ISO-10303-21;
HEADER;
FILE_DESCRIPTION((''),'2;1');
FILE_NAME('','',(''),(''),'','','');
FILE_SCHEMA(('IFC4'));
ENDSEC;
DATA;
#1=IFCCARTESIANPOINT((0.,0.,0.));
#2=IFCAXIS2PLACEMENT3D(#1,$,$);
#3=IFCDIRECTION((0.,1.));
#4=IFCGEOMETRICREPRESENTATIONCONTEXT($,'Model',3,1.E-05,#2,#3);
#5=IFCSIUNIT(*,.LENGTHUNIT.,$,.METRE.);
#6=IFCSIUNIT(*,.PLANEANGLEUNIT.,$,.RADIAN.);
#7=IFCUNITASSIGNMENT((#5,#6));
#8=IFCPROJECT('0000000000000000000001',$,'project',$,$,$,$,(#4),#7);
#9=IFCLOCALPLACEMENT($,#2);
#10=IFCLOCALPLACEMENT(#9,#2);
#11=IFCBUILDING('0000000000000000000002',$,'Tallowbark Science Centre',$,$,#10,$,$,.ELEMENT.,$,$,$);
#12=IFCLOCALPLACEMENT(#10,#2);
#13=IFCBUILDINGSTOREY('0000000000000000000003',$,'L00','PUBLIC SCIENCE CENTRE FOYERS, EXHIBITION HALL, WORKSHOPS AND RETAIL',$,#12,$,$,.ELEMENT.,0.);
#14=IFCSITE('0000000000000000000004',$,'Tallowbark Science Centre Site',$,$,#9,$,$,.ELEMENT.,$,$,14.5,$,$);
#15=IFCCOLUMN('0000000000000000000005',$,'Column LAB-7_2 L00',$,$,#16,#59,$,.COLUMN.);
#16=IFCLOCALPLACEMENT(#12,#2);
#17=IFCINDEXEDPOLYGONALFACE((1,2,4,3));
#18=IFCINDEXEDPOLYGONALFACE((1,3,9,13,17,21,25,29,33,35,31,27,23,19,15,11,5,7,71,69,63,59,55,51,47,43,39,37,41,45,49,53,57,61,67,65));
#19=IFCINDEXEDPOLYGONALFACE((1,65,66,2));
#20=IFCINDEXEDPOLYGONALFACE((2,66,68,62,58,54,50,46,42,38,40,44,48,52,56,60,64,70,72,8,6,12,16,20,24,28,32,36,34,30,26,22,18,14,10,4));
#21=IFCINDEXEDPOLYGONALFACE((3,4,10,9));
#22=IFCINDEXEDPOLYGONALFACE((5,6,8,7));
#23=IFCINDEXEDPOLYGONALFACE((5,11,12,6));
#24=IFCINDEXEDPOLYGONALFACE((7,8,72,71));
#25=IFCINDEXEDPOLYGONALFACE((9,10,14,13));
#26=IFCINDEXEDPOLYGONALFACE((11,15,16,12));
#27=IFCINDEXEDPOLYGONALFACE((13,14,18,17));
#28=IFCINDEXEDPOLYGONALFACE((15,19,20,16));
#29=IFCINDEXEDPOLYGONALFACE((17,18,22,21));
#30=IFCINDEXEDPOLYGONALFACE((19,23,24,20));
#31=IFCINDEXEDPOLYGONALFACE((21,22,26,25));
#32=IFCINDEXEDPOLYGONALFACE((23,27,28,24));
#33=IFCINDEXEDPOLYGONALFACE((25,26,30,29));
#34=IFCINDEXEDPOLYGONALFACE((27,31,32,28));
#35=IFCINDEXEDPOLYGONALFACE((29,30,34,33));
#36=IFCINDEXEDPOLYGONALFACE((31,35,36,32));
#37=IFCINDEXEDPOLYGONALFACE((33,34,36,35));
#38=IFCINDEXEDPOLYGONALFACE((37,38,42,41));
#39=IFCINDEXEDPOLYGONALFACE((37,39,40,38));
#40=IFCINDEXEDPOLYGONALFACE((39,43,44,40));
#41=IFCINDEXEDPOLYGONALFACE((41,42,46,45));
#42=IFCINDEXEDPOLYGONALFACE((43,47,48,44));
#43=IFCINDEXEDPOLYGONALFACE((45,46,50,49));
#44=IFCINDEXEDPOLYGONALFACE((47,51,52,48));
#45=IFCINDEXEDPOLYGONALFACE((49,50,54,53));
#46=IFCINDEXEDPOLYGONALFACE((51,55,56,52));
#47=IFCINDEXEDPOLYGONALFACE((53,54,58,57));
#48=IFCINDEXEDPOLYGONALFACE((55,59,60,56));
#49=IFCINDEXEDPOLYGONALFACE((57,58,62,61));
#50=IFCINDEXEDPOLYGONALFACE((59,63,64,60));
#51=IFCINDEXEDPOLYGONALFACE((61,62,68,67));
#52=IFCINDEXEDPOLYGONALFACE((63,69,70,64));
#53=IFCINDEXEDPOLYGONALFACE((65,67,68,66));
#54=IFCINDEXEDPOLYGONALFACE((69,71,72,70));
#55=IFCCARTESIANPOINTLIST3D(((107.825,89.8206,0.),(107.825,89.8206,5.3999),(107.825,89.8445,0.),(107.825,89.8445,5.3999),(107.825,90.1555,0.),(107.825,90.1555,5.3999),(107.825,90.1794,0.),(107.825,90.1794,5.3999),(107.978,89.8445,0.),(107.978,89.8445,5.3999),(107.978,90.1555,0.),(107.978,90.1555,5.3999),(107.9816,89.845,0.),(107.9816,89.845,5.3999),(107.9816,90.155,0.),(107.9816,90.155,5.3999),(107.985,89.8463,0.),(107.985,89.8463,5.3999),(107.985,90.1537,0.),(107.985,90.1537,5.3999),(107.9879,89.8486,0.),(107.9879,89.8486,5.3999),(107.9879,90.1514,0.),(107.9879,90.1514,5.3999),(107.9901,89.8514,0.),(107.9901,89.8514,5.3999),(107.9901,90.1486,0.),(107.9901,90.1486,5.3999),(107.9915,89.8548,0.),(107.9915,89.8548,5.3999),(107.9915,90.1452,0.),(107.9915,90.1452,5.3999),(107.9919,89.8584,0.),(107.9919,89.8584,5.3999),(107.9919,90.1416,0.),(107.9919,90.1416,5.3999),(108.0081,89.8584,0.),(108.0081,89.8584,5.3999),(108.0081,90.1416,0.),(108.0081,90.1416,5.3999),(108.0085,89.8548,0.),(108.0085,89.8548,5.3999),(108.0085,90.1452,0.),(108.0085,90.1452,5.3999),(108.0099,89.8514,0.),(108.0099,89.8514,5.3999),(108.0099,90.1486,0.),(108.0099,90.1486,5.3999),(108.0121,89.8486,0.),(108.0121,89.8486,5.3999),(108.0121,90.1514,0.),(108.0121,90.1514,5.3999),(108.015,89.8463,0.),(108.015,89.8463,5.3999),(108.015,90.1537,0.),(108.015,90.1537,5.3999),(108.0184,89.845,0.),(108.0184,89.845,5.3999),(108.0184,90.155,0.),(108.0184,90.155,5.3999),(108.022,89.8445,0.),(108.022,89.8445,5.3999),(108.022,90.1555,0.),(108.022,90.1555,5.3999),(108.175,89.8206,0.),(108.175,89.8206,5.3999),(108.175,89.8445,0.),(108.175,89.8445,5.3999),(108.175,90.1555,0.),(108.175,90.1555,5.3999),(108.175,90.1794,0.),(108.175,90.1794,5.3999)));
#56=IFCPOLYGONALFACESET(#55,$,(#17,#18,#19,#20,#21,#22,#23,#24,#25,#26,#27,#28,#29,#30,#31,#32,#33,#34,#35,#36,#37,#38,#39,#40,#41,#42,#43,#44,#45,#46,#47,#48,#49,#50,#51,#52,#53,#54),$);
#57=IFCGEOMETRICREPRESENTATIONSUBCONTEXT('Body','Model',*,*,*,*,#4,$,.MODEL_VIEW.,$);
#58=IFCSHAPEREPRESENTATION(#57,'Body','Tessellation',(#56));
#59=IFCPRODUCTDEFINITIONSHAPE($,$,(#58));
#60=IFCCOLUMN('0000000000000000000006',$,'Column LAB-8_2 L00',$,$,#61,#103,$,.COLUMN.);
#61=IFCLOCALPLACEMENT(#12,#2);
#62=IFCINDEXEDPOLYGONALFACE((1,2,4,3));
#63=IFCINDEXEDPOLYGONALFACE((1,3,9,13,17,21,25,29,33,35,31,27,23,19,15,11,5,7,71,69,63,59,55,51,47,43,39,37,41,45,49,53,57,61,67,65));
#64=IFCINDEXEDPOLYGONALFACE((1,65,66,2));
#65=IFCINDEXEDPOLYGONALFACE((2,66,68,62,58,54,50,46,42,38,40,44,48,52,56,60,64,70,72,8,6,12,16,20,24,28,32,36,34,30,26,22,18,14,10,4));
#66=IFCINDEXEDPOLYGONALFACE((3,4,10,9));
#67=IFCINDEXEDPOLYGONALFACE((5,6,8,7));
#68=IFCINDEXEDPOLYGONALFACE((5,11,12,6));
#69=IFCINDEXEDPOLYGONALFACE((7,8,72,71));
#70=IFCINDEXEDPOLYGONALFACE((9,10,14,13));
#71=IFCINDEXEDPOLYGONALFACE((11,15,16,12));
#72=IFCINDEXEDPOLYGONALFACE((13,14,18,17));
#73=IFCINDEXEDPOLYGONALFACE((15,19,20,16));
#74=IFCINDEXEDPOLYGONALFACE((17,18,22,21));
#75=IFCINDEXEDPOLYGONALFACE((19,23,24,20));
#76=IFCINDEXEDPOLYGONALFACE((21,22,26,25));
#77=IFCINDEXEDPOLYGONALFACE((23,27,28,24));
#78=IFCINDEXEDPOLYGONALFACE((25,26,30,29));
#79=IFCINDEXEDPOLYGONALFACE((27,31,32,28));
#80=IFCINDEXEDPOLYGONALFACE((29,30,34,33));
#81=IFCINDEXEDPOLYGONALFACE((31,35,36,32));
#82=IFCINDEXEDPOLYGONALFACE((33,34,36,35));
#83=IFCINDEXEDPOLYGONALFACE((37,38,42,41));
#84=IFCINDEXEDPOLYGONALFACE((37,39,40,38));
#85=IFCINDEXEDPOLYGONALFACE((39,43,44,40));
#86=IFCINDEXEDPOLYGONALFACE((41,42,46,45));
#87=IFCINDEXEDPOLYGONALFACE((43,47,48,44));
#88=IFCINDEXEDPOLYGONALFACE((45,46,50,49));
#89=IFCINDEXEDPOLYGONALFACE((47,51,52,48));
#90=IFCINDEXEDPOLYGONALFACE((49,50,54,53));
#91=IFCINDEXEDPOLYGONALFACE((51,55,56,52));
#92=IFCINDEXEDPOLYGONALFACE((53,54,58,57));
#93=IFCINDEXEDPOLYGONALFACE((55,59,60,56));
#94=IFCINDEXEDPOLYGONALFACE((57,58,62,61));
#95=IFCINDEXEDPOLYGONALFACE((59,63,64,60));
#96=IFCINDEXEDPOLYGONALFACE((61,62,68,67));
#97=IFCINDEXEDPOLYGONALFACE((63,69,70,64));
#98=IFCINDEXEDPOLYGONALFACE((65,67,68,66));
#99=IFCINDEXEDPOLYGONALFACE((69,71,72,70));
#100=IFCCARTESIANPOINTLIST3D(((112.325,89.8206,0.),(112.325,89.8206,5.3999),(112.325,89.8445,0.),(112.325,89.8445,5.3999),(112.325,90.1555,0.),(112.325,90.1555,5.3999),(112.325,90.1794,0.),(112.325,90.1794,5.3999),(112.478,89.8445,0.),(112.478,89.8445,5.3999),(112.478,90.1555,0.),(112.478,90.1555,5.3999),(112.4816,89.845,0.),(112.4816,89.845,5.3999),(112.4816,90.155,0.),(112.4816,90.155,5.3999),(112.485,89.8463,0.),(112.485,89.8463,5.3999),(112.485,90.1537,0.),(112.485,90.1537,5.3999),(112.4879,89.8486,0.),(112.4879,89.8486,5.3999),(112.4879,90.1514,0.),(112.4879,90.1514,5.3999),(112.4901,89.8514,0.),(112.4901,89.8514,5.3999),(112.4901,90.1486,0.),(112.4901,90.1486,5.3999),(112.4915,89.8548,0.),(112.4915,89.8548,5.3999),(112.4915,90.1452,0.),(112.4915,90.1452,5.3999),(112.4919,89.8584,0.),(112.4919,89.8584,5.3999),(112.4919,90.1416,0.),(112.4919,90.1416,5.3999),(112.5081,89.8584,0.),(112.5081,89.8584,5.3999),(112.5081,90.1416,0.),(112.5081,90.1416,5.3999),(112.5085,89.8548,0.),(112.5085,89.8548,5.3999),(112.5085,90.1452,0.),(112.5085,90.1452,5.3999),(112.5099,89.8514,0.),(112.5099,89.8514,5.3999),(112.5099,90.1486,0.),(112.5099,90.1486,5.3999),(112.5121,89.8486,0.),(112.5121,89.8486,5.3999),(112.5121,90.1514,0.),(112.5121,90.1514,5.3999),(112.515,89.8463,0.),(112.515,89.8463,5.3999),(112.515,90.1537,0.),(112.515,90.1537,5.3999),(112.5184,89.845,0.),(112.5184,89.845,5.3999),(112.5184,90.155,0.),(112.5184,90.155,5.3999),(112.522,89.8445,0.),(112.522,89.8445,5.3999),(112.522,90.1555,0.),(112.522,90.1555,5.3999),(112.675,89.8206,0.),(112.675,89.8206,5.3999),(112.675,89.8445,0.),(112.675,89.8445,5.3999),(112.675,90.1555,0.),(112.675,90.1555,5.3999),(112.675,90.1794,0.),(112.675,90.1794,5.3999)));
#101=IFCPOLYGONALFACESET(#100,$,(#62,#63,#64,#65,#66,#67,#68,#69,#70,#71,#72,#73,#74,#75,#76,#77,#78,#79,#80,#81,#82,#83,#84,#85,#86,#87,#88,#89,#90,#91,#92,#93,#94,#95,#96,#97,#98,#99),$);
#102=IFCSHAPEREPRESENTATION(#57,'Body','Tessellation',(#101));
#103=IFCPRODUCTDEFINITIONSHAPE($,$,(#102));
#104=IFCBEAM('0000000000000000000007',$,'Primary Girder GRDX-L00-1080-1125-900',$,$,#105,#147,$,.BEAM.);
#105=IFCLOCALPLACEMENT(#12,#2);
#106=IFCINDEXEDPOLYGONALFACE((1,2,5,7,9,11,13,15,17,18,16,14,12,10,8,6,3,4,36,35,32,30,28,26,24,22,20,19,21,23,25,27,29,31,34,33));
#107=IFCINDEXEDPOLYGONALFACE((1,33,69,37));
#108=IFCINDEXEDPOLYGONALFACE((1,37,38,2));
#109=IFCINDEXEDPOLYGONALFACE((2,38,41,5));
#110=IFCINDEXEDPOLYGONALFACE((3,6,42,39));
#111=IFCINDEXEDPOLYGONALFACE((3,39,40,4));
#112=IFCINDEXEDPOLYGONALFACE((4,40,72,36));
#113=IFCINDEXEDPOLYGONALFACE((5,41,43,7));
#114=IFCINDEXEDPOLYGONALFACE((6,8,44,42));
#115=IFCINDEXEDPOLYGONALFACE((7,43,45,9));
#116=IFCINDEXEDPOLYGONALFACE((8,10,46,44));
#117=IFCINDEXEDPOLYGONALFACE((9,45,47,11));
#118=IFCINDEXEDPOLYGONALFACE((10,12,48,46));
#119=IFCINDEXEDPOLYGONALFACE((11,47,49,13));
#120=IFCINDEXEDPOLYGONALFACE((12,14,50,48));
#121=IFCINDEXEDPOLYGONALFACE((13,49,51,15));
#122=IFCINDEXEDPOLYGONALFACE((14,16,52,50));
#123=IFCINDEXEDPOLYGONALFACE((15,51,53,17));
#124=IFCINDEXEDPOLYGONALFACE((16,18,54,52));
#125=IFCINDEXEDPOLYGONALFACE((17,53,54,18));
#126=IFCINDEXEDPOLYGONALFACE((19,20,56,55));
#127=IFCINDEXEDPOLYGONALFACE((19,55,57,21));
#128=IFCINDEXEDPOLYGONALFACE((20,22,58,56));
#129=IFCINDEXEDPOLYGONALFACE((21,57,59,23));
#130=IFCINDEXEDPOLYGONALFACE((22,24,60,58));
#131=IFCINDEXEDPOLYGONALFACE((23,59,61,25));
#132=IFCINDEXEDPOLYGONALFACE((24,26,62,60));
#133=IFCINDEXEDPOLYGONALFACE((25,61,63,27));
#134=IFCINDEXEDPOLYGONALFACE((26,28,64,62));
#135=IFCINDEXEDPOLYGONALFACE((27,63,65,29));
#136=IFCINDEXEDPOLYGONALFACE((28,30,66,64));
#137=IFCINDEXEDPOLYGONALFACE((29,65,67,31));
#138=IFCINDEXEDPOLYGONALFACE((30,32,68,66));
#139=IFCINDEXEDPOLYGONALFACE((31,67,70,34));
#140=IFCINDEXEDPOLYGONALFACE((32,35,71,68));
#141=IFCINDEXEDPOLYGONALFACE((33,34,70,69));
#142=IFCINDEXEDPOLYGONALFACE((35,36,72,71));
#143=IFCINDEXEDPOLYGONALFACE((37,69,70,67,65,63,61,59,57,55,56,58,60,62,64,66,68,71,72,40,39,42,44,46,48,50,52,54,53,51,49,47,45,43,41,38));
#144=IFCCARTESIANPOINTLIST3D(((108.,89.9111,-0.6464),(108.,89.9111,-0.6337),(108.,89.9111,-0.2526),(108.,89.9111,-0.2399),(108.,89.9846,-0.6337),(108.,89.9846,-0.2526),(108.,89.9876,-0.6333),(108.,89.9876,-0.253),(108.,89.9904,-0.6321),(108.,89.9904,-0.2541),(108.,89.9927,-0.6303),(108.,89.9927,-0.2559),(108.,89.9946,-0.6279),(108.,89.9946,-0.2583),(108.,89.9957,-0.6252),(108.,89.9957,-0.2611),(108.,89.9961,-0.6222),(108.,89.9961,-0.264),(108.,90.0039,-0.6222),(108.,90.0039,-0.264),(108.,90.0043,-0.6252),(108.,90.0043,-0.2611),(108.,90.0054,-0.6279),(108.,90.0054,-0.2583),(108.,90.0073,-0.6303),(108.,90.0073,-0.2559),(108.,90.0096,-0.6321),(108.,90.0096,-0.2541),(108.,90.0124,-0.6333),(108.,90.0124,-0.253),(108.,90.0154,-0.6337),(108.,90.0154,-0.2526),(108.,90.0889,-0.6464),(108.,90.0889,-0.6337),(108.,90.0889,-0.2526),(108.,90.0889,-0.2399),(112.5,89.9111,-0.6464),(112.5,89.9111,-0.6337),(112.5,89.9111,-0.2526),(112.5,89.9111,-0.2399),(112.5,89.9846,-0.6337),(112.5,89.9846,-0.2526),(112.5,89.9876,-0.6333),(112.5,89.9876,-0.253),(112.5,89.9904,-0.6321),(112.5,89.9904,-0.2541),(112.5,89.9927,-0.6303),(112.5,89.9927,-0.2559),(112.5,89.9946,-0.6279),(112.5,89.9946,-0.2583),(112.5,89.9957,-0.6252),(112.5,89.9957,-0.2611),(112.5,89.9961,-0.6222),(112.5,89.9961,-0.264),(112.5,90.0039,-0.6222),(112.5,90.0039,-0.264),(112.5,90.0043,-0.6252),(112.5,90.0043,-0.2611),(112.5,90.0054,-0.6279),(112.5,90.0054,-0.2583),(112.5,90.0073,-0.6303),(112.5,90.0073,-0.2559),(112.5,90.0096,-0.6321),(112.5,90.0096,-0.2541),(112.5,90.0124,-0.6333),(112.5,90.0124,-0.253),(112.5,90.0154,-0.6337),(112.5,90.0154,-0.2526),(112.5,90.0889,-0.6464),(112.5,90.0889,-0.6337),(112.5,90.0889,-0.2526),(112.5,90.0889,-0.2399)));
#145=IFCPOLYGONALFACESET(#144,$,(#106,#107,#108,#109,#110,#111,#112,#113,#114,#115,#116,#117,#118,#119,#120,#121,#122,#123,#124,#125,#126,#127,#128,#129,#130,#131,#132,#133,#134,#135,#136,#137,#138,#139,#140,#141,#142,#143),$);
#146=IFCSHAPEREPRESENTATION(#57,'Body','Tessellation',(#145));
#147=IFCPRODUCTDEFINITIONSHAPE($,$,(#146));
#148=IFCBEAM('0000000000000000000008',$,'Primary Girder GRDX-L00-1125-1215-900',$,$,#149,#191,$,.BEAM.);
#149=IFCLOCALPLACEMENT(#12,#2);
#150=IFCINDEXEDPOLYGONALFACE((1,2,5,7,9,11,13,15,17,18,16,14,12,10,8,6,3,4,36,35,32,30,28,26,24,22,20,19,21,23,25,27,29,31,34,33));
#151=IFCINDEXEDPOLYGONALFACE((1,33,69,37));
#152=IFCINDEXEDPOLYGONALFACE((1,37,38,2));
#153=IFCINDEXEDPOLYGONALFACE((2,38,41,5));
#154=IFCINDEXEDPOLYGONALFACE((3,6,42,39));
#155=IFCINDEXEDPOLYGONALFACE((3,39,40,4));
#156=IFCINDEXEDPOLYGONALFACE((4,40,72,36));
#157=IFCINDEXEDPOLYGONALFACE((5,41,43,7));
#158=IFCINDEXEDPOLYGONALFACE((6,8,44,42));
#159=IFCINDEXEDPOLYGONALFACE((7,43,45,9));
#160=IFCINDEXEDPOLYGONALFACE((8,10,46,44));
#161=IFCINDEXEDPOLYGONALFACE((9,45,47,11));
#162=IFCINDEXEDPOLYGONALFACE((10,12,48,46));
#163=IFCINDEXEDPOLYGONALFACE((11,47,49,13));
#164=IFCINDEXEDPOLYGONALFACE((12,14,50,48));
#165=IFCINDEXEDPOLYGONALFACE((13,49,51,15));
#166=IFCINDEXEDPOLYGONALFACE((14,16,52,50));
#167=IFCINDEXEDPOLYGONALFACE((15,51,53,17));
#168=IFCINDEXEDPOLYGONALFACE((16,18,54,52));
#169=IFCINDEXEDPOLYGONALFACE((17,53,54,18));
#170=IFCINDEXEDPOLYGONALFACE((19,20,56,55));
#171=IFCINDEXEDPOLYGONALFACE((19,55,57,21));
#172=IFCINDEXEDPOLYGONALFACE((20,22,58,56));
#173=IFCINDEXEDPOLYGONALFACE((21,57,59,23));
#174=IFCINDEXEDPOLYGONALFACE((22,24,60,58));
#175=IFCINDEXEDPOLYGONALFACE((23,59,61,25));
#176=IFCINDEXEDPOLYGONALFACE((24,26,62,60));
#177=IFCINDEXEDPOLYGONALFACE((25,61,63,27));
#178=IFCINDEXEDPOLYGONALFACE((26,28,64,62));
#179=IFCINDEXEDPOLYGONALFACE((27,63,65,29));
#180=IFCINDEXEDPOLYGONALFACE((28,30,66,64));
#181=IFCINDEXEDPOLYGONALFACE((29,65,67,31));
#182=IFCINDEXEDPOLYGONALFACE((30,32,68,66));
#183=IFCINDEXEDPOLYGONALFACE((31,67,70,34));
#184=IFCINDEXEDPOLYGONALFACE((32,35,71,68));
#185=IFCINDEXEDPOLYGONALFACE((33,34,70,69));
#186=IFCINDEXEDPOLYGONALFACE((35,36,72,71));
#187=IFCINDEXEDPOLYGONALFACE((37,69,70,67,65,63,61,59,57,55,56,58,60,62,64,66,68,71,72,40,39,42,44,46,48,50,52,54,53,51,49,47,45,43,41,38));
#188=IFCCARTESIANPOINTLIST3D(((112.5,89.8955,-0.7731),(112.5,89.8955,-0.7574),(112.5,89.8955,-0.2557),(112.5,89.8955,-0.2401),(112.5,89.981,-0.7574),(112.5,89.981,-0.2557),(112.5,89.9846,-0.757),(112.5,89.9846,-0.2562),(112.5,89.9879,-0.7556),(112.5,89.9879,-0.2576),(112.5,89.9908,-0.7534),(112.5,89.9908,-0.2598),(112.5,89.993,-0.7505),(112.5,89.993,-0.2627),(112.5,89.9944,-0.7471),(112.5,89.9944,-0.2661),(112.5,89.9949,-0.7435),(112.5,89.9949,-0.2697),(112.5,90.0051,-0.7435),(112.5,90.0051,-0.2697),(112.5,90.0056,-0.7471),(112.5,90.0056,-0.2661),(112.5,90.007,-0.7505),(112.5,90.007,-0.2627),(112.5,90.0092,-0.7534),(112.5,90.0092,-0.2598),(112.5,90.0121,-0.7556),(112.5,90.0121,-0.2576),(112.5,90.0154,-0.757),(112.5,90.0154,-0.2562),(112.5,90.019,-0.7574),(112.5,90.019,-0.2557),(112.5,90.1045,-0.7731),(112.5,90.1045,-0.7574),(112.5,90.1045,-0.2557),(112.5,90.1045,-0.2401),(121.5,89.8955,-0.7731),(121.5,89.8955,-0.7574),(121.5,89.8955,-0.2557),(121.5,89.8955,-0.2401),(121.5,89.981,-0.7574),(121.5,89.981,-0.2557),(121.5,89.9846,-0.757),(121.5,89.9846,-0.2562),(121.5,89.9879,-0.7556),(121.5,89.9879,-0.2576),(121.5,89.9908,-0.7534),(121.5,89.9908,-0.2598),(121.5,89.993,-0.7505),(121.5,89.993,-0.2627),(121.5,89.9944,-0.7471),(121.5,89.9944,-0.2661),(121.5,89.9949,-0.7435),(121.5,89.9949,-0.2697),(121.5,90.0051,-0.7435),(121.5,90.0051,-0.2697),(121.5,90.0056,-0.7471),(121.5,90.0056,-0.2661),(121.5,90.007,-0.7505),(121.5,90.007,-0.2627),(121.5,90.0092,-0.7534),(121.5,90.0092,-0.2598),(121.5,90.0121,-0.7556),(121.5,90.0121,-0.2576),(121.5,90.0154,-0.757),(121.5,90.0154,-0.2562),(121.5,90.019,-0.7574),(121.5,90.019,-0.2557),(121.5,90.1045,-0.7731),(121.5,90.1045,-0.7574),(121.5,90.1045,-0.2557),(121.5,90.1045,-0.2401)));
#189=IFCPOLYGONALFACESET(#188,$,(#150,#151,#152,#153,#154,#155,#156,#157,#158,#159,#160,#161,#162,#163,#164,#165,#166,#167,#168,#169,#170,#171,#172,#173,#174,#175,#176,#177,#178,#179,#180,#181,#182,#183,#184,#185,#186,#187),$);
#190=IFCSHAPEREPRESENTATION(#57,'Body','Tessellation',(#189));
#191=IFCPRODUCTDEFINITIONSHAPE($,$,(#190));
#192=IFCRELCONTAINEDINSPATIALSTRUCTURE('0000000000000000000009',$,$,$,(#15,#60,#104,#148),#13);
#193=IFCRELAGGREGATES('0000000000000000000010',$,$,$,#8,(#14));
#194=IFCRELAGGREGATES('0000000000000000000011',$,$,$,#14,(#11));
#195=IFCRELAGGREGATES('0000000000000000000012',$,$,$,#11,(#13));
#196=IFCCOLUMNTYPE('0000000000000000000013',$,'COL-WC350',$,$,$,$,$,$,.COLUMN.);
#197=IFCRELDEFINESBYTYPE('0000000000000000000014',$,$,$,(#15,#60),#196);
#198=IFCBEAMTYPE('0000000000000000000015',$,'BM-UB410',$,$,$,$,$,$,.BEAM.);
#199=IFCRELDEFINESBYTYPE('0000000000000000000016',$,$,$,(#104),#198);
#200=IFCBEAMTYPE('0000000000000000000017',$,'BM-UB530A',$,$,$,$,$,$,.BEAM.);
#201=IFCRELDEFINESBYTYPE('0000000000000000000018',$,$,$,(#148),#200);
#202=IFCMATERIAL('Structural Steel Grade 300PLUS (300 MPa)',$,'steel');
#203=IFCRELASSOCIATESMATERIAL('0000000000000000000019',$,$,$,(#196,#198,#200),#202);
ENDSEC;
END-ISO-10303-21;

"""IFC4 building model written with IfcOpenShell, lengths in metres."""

from ifc_helpers import new_model, si_unit, direction, frame, origin, origin_2d, place, context, subcontext, project, spatial, i_section, extrude, material, material_profile, profile_set, type_object, element, save


model = new_model("IFC4")

# Units and contexts
model_context = context("Model", 3, precision=1e-05, world=origin(), true_north=direction((0.0, 1.0)))
body_context = subcontext(model_context, "Body", "Model", "MODEL_VIEW")
ifc_project = project(units=[si_unit("LENGTHUNIT", "METRE"), si_unit("PLANEANGLEUNIT", "RADIAN")], contexts=[model_context])

# Site, building, storey
site_placement = place(None, origin())
site = spatial("IfcSite", under=ifc_project, at=site_placement, Name="Tallowbark Science Centre Site", CompositionType="ELEMENT", RefElevation=14.5)
building_placement = place(site_placement, origin())
building = spatial("IfcBuilding", under=site, at=building_placement, Name="Tallowbark Science Centre", CompositionType="ELEMENT")
storey_placement = place(building_placement, origin())
storey = spatial("IfcBuildingStorey", under=building, at=storey_placement, Name="L00", Description="PUBLIC SCIENCE CENTRE FOYERS, EXHIBITION HALL, WORKSHOPS AND RETAIL", CompositionType="ELEMENT", Elevation=0.0)

# Columns
ifc_material_1 = material(Name="Structural Steel Grade 300PLUS (300 MPa)", Category="steel")
ifc_material_profile_1 = material_profile(ifc_material_1, i_section(OverallWidth=0.3501, OverallDepth=0.3589, WebThickness=0.0161, FlangeThickness=0.0239, FilletRadius=0.0139, at=origin_2d()), Name="350WC197")
ifc_profile_set_1 = profile_set([ifc_material_profile_1], Name="Structural Steel Grade 300PLUS (300 MPa)")
column_type = type_object("IfcColumnType", Name="COL-WC350", PredefinedType="COLUMN", material=ifc_profile_set_1)
for number, where, z_axis, x_axis, name in (
    (1, (108.0, 90.0, 0.0), (0.0, 0.0, 1.0), (1.0, 0.0, 0.0), "Column LAB-7_2 L00"),
    (2, (112.5, 90.0, 0.0), (0.0, 0.0, 1.0), (1.0, 0.0, 0.0), "Column LAB-8_2 L00"),
):
    element("IfcColumn", number, at=place(storey_placement, frame(where, z_axis=z_axis, x_axis=x_axis)), inside=storey, type_object=column_type, Name=name, PredefinedType="COLUMN", context=body_context, shape_type="SweptSolid", body=[
        extrude(i_section(OverallWidth=0.3501, OverallDepth=0.3589, WebThickness=0.0161, FlangeThickness=0.0239, FilletRadius=0.0139, at=origin_2d()), origin(), (0.0, 0.0, 1.0), 5.3999),
    ])

# Beams
ifc_material_profile_2 = material_profile(ifc_material_1, i_section(OverallWidth=0.1777, OverallDepth=0.4065, WebThickness=0.0078, FlangeThickness=0.0127, FilletRadius=0.0115, at=origin_2d()), Name="410UB59.7")
ifc_profile_set_2 = profile_set([ifc_material_profile_2], Name="Structural Steel Grade 300PLUS (300 MPa)")
beam_type_1 = type_object("IfcBeamType", Name="BM-UB410", PredefinedType="BEAM", material=ifc_profile_set_2)
beam_1_placement = place(storey_placement, frame((108.0, 90.0, -0.4431), z_axis=(1.0, 0.0, 0.0), x_axis=(0.0, 1.0, 0.0)))
element("IfcBeam", 3, at=beam_1_placement, inside=storey, type_object=beam_type_1, Name="Primary Girder GRDX-L00-1080-1125-900", PredefinedType="BEAM", context=body_context, shape_type="SweptSolid", body=[
    extrude(i_section(OverallWidth=0.1777, OverallDepth=0.4065, WebThickness=0.0078, FlangeThickness=0.0127, FilletRadius=0.0115, at=origin_2d()), origin(), (0.0, 0.0, 1.0), 4.5),
])
ifc_material_profile_3 = material_profile(ifc_material_1, i_section(OverallWidth=0.209, OverallDepth=0.533, WebThickness=0.0103, FlangeThickness=0.0156, FilletRadius=0.0139, at=origin_2d()), Name="530UB92.4")
ifc_profile_set_3 = profile_set([ifc_material_profile_3], Name="Structural Steel Grade 300PLUS (300 MPa)")
beam_type_2 = type_object("IfcBeamType", Name="BM-UB530A", PredefinedType="BEAM", material=ifc_profile_set_3)
beam_2_placement = place(storey_placement, frame((112.5, 90.0, -0.5066), z_axis=(1.0, 0.0, 0.0), x_axis=(0.0, 1.0, 0.0)))
element("IfcBeam", 4, at=beam_2_placement, inside=storey, type_object=beam_type_2, Name="Primary Girder GRDX-L00-1125-1215-900", PredefinedType="BEAM", context=body_context, shape_type="SweptSolid", body=[
    extrude(i_section(OverallWidth=0.209, OverallDepth=0.533, WebThickness=0.0103, FlangeThickness=0.0156, FilletRadius=0.0139, at=origin_2d()), origin(), (0.0, 0.0, 1.0), 9.0),
])

save(model, "model.ifc")
